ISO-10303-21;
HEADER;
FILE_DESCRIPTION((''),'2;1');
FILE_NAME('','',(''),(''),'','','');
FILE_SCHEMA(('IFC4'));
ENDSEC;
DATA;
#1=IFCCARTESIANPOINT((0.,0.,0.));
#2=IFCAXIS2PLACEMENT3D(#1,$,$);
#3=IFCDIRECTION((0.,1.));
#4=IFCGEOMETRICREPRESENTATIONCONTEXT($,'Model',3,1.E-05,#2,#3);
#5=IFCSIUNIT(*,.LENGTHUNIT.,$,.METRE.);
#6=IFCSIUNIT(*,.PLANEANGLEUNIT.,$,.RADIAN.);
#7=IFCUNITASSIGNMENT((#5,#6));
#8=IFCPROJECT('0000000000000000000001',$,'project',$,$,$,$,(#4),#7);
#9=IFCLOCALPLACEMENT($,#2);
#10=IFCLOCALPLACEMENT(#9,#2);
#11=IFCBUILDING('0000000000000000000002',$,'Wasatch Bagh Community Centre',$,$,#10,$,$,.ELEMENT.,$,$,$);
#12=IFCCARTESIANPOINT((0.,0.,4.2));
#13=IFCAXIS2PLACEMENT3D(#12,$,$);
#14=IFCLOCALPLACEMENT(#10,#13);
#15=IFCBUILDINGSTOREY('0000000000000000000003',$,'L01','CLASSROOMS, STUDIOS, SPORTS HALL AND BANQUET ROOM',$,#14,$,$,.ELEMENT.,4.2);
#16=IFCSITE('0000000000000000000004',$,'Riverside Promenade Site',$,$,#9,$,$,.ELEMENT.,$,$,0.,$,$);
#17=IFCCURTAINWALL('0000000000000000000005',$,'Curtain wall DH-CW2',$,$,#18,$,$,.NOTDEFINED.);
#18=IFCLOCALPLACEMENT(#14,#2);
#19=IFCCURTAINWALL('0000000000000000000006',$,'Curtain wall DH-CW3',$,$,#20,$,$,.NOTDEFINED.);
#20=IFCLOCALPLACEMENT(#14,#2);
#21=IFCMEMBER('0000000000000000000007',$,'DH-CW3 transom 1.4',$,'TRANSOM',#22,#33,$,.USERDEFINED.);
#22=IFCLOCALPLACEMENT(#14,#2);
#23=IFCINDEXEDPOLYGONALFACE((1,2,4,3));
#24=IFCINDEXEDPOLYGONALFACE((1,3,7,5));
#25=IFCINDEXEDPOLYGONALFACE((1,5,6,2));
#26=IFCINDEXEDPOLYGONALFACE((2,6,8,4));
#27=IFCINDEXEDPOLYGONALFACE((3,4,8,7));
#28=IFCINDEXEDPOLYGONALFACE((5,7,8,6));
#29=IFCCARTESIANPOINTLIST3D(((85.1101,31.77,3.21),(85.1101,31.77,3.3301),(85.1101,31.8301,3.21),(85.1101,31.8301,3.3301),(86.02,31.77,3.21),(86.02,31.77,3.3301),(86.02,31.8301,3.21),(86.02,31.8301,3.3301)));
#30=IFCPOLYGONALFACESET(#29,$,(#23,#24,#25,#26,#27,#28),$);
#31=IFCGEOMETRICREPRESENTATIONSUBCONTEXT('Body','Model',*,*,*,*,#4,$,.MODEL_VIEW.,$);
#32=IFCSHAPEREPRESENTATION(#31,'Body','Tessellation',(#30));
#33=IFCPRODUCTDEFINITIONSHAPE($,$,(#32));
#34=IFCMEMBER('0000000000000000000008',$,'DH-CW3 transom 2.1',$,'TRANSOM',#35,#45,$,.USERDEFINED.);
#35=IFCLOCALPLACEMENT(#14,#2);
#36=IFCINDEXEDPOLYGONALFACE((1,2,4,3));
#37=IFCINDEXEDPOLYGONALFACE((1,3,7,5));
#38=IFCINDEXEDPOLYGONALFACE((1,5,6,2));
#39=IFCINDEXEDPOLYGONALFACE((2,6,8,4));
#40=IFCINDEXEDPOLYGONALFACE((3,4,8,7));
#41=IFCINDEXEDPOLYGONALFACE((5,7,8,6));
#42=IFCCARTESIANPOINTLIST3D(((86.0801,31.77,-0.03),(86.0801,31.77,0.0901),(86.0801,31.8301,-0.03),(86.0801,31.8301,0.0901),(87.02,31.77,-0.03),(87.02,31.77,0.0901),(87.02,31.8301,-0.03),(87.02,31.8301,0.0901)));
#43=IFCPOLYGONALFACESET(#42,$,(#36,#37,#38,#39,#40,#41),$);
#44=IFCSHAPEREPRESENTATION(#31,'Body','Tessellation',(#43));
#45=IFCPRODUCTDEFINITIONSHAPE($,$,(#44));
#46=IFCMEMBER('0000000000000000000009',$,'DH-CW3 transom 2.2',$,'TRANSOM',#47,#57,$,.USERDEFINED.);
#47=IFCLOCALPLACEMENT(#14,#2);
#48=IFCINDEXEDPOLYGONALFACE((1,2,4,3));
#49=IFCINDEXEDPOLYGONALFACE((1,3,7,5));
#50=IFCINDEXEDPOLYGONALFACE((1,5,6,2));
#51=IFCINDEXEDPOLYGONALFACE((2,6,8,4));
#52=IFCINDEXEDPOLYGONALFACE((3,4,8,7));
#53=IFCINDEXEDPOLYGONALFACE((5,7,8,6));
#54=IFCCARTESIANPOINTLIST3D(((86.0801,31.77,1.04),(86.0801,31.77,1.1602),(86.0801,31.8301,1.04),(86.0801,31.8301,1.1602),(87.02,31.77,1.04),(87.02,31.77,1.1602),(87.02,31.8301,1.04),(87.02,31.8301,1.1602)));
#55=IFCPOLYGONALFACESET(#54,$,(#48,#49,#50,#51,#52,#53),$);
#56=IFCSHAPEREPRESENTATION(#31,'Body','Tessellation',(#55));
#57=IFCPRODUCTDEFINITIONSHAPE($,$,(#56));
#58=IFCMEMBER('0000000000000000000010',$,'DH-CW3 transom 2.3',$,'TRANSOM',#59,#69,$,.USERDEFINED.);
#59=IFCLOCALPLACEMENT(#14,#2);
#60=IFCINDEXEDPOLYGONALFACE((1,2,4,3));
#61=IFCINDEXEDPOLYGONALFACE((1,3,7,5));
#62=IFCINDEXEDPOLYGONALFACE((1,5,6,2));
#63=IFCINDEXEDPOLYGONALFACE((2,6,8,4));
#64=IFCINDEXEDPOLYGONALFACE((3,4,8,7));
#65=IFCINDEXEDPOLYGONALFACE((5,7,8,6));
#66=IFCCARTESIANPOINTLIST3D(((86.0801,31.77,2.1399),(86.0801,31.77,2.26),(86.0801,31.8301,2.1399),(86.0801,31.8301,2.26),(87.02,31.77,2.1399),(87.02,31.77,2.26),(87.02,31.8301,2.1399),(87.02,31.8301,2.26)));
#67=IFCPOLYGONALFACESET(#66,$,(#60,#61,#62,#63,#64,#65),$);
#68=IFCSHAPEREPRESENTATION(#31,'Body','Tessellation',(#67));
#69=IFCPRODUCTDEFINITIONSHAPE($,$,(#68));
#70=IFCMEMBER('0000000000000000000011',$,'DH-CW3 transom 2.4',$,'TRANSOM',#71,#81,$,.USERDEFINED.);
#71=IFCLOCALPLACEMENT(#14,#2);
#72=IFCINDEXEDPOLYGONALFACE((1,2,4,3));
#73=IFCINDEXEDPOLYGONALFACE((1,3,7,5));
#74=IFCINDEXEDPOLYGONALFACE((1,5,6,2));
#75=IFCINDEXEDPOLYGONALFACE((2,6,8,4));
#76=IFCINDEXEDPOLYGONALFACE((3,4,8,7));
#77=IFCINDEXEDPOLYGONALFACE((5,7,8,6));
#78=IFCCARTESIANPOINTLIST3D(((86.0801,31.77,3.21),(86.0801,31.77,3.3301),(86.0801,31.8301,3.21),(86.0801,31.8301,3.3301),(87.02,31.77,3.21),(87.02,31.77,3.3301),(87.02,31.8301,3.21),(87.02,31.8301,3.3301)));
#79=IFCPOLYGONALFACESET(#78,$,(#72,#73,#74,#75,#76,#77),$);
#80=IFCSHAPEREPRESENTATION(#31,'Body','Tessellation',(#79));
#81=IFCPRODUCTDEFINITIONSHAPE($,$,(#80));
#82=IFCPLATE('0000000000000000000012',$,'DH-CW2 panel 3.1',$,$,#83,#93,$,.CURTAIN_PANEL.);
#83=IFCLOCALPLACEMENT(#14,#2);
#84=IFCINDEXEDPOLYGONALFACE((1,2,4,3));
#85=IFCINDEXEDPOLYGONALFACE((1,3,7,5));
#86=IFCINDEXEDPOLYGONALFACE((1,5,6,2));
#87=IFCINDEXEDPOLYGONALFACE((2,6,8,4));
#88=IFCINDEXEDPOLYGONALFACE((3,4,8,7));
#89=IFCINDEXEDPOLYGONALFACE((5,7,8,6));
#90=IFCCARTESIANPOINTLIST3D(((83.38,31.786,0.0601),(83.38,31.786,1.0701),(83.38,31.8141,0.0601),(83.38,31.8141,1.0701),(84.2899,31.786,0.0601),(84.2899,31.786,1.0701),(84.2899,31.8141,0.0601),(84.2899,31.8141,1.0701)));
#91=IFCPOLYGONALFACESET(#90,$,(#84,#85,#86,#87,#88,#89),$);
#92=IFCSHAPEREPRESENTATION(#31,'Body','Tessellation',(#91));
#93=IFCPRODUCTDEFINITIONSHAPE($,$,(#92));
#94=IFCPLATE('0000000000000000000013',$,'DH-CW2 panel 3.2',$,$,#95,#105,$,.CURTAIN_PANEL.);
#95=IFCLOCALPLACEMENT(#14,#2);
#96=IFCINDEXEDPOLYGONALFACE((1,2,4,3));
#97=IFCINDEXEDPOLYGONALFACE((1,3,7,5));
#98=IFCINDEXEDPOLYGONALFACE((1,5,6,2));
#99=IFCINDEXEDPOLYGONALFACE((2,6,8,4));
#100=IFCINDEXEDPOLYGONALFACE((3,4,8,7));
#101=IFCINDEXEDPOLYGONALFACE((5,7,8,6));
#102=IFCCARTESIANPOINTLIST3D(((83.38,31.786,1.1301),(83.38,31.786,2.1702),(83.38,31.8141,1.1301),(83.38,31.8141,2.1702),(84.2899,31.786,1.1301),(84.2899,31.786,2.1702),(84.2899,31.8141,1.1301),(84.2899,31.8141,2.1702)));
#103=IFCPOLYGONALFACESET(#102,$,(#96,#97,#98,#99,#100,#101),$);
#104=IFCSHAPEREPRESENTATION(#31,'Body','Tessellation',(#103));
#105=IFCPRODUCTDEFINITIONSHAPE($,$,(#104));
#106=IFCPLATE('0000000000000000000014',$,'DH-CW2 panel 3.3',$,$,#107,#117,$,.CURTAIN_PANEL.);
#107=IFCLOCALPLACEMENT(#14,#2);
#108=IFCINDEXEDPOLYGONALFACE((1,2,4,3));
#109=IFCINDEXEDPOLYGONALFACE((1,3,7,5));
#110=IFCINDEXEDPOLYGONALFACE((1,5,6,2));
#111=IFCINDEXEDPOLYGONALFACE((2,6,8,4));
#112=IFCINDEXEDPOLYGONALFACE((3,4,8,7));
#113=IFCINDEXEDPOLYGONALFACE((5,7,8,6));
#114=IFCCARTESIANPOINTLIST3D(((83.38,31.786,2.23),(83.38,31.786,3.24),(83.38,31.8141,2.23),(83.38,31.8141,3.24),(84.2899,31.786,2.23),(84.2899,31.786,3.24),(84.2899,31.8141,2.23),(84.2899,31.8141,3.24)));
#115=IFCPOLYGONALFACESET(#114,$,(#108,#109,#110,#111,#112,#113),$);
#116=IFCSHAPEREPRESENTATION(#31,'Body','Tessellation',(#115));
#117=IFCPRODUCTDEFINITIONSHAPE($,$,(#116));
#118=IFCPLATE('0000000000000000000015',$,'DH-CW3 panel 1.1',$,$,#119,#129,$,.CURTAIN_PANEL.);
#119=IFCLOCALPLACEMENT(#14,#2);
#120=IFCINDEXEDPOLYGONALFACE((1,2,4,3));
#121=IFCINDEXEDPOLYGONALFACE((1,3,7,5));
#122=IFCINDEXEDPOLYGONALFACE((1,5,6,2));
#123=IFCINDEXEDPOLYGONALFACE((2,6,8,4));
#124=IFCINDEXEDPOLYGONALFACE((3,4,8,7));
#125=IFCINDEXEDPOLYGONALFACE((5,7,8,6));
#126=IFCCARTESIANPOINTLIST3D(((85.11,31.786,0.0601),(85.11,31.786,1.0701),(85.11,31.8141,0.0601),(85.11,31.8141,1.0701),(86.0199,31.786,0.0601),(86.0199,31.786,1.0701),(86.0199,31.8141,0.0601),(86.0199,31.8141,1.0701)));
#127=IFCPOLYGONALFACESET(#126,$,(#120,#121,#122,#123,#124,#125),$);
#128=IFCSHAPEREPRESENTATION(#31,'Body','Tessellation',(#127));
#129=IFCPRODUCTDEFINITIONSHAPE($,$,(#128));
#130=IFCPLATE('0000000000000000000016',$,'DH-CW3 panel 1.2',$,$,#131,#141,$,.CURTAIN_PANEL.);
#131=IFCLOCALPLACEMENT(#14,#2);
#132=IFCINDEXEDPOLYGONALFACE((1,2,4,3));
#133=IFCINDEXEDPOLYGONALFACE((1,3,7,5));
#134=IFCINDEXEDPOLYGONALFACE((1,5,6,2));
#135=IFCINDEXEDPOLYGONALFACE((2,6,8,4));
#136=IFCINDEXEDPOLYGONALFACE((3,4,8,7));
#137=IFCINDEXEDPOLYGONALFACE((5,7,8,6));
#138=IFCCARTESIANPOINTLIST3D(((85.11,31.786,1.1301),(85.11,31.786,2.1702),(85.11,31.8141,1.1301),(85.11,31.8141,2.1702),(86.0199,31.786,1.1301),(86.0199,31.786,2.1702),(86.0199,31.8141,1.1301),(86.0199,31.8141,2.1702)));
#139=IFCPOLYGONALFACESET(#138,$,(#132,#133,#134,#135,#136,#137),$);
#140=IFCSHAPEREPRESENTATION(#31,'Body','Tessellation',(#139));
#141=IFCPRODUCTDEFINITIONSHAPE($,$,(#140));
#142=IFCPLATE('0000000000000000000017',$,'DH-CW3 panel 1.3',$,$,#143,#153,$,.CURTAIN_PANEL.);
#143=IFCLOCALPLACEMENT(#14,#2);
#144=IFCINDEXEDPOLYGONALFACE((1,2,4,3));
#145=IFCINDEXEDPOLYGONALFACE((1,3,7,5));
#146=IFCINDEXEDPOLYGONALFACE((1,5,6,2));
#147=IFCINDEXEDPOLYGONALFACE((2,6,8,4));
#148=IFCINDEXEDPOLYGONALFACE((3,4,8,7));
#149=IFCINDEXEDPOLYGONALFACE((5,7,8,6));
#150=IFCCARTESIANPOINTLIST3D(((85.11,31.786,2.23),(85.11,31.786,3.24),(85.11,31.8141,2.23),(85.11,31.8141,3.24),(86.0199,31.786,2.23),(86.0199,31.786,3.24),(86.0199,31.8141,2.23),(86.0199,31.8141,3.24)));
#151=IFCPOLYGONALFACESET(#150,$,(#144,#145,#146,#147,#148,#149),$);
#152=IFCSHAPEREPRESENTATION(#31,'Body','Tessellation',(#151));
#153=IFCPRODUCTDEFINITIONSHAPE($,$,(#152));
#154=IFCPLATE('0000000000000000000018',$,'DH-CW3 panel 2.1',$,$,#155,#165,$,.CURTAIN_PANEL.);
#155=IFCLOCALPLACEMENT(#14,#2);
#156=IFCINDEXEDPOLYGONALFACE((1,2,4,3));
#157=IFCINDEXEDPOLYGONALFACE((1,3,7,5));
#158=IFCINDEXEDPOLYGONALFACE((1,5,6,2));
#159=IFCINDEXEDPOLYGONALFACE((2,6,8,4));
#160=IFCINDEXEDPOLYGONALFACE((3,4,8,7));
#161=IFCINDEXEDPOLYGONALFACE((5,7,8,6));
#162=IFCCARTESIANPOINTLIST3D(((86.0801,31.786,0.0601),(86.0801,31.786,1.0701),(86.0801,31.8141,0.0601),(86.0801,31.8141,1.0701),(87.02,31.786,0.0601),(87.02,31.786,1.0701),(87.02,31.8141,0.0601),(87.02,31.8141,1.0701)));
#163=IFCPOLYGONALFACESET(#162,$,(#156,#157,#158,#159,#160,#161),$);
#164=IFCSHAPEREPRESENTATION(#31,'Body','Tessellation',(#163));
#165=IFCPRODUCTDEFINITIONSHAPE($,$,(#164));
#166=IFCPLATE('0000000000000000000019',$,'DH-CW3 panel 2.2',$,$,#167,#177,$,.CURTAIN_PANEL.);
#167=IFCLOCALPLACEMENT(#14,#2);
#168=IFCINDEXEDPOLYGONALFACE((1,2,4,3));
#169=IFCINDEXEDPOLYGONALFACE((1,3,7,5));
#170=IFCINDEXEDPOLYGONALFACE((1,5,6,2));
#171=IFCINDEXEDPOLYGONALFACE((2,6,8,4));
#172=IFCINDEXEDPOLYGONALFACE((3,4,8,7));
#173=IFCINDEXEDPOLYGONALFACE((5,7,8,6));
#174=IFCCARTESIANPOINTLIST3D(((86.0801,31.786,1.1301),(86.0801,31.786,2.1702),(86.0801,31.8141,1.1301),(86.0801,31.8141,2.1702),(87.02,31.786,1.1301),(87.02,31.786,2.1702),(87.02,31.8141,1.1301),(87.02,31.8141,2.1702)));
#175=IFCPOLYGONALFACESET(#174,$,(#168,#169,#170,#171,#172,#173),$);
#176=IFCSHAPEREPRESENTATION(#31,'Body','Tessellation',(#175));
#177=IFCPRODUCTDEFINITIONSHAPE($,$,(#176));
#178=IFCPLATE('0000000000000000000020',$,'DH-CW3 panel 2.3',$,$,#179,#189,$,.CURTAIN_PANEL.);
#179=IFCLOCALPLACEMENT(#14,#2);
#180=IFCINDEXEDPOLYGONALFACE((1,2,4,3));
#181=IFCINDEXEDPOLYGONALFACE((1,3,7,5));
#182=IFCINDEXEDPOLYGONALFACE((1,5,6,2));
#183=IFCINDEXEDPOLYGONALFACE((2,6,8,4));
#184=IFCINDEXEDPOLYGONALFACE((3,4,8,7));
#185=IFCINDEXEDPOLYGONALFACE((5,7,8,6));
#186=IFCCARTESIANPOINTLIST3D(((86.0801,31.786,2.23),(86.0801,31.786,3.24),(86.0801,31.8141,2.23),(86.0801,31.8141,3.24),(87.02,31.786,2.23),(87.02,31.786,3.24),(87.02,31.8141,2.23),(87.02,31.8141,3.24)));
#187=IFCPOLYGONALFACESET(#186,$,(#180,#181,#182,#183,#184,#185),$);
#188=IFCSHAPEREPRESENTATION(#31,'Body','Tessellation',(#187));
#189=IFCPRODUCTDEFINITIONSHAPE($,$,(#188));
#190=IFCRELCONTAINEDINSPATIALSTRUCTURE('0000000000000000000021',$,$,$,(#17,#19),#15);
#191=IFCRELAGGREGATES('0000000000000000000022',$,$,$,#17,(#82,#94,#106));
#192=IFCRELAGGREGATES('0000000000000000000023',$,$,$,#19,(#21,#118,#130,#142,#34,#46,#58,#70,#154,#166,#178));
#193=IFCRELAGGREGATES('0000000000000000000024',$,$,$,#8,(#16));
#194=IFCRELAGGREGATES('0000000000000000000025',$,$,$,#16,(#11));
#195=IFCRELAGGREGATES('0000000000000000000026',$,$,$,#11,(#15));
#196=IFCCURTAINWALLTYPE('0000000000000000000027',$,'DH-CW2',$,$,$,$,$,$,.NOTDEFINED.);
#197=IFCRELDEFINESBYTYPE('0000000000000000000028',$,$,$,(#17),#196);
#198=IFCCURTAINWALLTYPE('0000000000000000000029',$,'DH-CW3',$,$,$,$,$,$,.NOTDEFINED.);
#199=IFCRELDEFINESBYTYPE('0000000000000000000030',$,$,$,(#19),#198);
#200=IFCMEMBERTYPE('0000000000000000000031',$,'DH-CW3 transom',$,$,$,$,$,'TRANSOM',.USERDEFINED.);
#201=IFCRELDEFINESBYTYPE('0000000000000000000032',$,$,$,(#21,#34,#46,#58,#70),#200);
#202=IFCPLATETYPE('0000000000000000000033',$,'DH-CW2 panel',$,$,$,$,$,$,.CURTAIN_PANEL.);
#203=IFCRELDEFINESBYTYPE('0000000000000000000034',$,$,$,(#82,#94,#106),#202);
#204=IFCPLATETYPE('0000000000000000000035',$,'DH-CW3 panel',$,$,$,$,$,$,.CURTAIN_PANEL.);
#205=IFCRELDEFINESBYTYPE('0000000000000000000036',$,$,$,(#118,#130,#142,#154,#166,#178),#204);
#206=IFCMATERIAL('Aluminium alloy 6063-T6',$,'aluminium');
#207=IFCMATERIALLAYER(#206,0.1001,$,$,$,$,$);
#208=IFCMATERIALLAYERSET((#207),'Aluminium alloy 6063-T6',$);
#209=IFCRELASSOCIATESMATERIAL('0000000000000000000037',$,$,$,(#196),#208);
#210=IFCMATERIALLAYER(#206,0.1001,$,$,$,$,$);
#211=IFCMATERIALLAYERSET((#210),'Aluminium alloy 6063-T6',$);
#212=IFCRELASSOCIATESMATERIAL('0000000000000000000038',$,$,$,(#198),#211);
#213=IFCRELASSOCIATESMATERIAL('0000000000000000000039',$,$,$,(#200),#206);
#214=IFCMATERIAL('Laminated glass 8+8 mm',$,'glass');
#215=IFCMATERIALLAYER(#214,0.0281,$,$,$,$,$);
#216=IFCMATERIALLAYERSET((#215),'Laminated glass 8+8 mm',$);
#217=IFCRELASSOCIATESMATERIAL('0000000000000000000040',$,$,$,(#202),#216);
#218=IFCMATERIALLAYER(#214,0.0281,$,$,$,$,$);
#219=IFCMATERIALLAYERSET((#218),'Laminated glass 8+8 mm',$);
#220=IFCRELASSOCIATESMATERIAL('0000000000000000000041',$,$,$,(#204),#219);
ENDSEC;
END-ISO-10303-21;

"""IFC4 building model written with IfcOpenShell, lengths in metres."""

from ifc_helpers import new_model, si_unit, direction, frame, origin, origin_2d, place, context, subcontext, project, spatial, rectangle, extrude, material, layer, layer_set, material_profile, profile_set, type_object, element, aggregate, save


model = new_model("IFC4")

# Units and contexts
model_context = context("Model", 3, precision=1e-05, world=origin(), true_north=direction((0.0, 1.0)))
body_context = subcontext(model_context, "Body", "Model", "MODEL_VIEW")
ifc_project = project(units=[si_unit("LENGTHUNIT", "METRE"), si_unit("PLANEANGLEUNIT", "RADIAN")], contexts=[model_context])

# Site, building, storey
site_placement = place(None, origin())
site = spatial("IfcSite", under=ifc_project, at=site_placement, Name="Riverside Promenade Site", CompositionType="ELEMENT", RefElevation=0.0)
building_placement = place(site_placement, origin())
building = spatial("IfcBuilding", under=site, at=building_placement, Name="Wasatch Bagh Community Centre", CompositionType="ELEMENT")
storey_placement = place(building_placement, frame((0.0, 0.0, 4.2)))
storey = spatial("IfcBuildingStorey", under=building, at=storey_placement, Name="L01", Description="CLASSROOMS, STUDIOS, SPORTS HALL AND BANQUET ROOM", CompositionType="ELEMENT", Elevation=4.2)

# Curtain wall
ifc_material_1 = material(Name="Aluminium alloy 6063-T6", Category="aluminium")
ifc_layer_1 = layer(ifc_material_1, 0.1001)
ifc_layer_set_1 = layer_set([ifc_layer_1], Name="Aluminium alloy 6063-T6")
curtain_wall_type_1 = type_object("IfcCurtainWallType", Name="DH-CW2", PredefinedType="NOTDEFINED", material=ifc_layer_set_1)
curtain_wall_1_placement = place(storey_placement, origin())
curtain_wall_1 = element("IfcCurtainWall", 1, at=curtain_wall_1_placement, inside=storey, type_object=curtain_wall_type_1, Name="Curtain wall DH-CW2", PredefinedType="NOTDEFINED")

# Curtain wall, members
ifc_layer_2 = layer(ifc_material_1, 0.1001)
ifc_layer_set_2 = layer_set([ifc_layer_2], Name="Aluminium alloy 6063-T6")
curtain_wall_type_2 = type_object("IfcCurtainWallType", Name="DH-CW3", PredefinedType="NOTDEFINED", material=ifc_layer_set_2)
curtain_wall_2_placement = place(storey_placement, origin())
curtain_wall_2 = element("IfcCurtainWall", 2, at=curtain_wall_2_placement, inside=storey, type_object=curtain_wall_type_2, Name="Curtain wall DH-CW3", PredefinedType="NOTDEFINED")
ifc_material_profile_1 = material_profile(ifc_material_1, rectangle(XDim=0.0601, YDim=0.1201, at=origin_2d()), Name="AL 60x120")
ifc_profile_set_1 = profile_set([ifc_material_profile_1], Name="Aluminium alloy 6063-T6")
member_type_1 = type_object("IfcMemberType", Name="DH-CW3 transom", ElementType="TRANSOM", PredefinedType="USERDEFINED", material=ifc_profile_set_1)
member_1_placement = place(storey_placement, frame((85.1101, 31.8, 3.27), z_axis=(1.0, 0.0, 0.0), x_axis=(0.0, 1.0, 0.0)))
member_1 = element("IfcMember", 3, at=member_1_placement, type_object=member_type_1, Name="DH-CW3 transom 1.4", ObjectType="TRANSOM", PredefinedType="USERDEFINED", context=body_context, shape_type="SweptSolid", body=[
    extrude(rectangle(XDim=0.0601, YDim=0.1201, at=origin_2d()), origin(), (0.0, 0.0, 1.0), 0.9099),
])
member_2_placement = place(storey_placement, frame((86.0801, 31.8, 0.03), z_axis=(1.0, 0.0, 0.0), x_axis=(0.0, 1.0, 0.0)))
member_2 = element("IfcMember", 4, at=member_2_placement, type_object=member_type_1, Name="DH-CW3 transom 2.1", ObjectType="TRANSOM", PredefinedType="USERDEFINED", context=body_context, shape_type="SweptSolid", body=[
    extrude(rectangle(XDim=0.0601, YDim=0.1201, at=origin_2d()), origin(), (0.0, 0.0, 1.0), 0.9399),
])
member_3_placement = place(storey_placement, frame((86.0801, 31.8, 1.1001), z_axis=(1.0, 0.0, 0.0), x_axis=(0.0, 1.0, 0.0)))
member_3 = element("IfcMember", 5, at=member_3_placement, type_object=member_type_1, Name="DH-CW3 transom 2.2", ObjectType="TRANSOM", PredefinedType="USERDEFINED", context=body_context, shape_type="SweptSolid", body=[
    extrude(rectangle(XDim=0.0601, YDim=0.1201, at=origin_2d()), origin(), (0.0, 0.0, 1.0), 0.9399),
])
member_4_placement = place(storey_placement, frame((86.0801, 31.8, 2.2), z_axis=(1.0, 0.0, 0.0), x_axis=(0.0, 1.0, 0.0)))
member_4 = element("IfcMember", 6, at=member_4_placement, type_object=member_type_1, Name="DH-CW3 transom 2.3", ObjectType="TRANSOM", PredefinedType="USERDEFINED", context=body_context, shape_type="SweptSolid", body=[
    extrude(rectangle(XDim=0.0601, YDim=0.1201, at=origin_2d()), origin(), (0.0, 0.0, 1.0), 0.9399),
])
member_5_placement = place(storey_placement, frame((86.0801, 31.8, 3.27), z_axis=(1.0, 0.0, 0.0), x_axis=(0.0, 1.0, 0.0)))
member_5 = element("IfcMember", 7, at=member_5_placement, type_object=member_type_1, Name="DH-CW3 transom 2.4", ObjectType="TRANSOM", PredefinedType="USERDEFINED", context=body_context, shape_type="SweptSolid", body=[
    extrude(rectangle(XDim=0.0601, YDim=0.1201, at=origin_2d()), origin(), (0.0, 0.0, 1.0), 0.9399),
])

# Plates
ifc_material_2 = material(Name="Laminated glass 8+8 mm", Category="glass")
ifc_layer_3 = layer(ifc_material_2, 0.0281)
ifc_layer_set_3 = layer_set([ifc_layer_3], Name="Laminated glass 8+8 mm")
plate_type_1 = type_object("IfcPlateType", Name="DH-CW2 panel", PredefinedType="CURTAIN_PANEL", material=ifc_layer_set_3)
plate_1_placement = place(storey_placement, frame((83.835, 31.8, 0.0601), z_axis=(0.0, 0.0, 1.0), x_axis=(1.0, 0.0, 0.0)))
plate_1 = element("IfcPlate", 8, at=plate_1_placement, type_object=plate_type_1, Name="DH-CW2 panel 3.1", PredefinedType="CURTAIN_PANEL", context=body_context, shape_type="SweptSolid", body=[
    extrude(rectangle(XDim=0.9099, YDim=0.0281, at=origin_2d()), origin(), (0.0, 0.0, 1.0), 1.01),
])
plate_2_placement = place(storey_placement, frame((83.835, 31.8, 1.1301), z_axis=(0.0, 0.0, 1.0), x_axis=(1.0, 0.0, 0.0)))
plate_2 = element("IfcPlate", 9, at=plate_2_placement, type_object=plate_type_1, Name="DH-CW2 panel 3.2", PredefinedType="CURTAIN_PANEL", context=body_context, shape_type="SweptSolid", body=[
    extrude(rectangle(XDim=0.9099, YDim=0.0281, at=origin_2d()), origin(), (0.0, 0.0, 1.0), 1.04),
])
plate_3_placement = place(storey_placement, frame((83.835, 31.8, 2.23), z_axis=(0.0, 0.0, 1.0), x_axis=(1.0, 0.0, 0.0)))
plate_3 = element("IfcPlate", 10, at=plate_3_placement, type_object=plate_type_1, Name="DH-CW2 panel 3.3", PredefinedType="CURTAIN_PANEL", context=body_context, shape_type="SweptSolid", body=[
    extrude(rectangle(XDim=0.9099, YDim=0.0281, at=origin_2d()), origin(), (0.0, 0.0, 1.0), 1.01),
])
aggregate(curtain_wall_1, [plate_1, plate_2, plate_3])
ifc_layer_4 = layer(ifc_material_2, 0.0281)
ifc_layer_set_4 = layer_set([ifc_layer_4], Name="Laminated glass 8+8 mm")
plate_type_2 = type_object("IfcPlateType", Name="DH-CW3 panel", PredefinedType="CURTAIN_PANEL", material=ifc_layer_set_4)
plate_4_placement = place(storey_placement, frame((85.5649, 31.8, 0.0601), z_axis=(0.0, 0.0, 1.0), x_axis=(1.0, 0.0, 0.0)))
plate_4 = element("IfcPlate", 11, at=plate_4_placement, type_object=plate_type_2, Name="DH-CW3 panel 1.1", PredefinedType="CURTAIN_PANEL", context=body_context, shape_type="SweptSolid", body=[
    extrude(rectangle(XDim=0.9099, YDim=0.0281, at=origin_2d()), origin(), (0.0, 0.0, 1.0), 1.01),
])
plate_5_placement = place(storey_placement, frame((85.5649, 31.8, 1.1301), z_axis=(0.0, 0.0, 1.0), x_axis=(1.0, 0.0, 0.0)))
plate_5 = element("IfcPlate", 12, at=plate_5_placement, type_object=plate_type_2, Name="DH-CW3 panel 1.2", PredefinedType="CURTAIN_PANEL", context=body_context, shape_type="SweptSolid", body=[
    extrude(rectangle(XDim=0.9099, YDim=0.0281, at=origin_2d()), origin(), (0.0, 0.0, 1.0), 1.04),
])
plate_6_placement = place(storey_placement, frame((85.5649, 31.8, 2.23), z_axis=(0.0, 0.0, 1.0), x_axis=(1.0, 0.0, 0.0)))
plate_6 = element("IfcPlate", 13, at=plate_6_placement, type_object=plate_type_2, Name="DH-CW3 panel 1.3", PredefinedType="CURTAIN_PANEL", context=body_context, shape_type="SweptSolid", body=[
    extrude(rectangle(XDim=0.9099, YDim=0.0281, at=origin_2d()), origin(), (0.0, 0.0, 1.0), 1.01),
])
plate_7_placement = place(storey_placement, frame((86.55, 31.8, 0.0601), z_axis=(0.0, 0.0, 1.0), x_axis=(1.0, 0.0, 0.0)))
plate_7 = element("IfcPlate", 14, at=plate_7_placement, type_object=plate_type_2, Name="DH-CW3 panel 2.1", PredefinedType="CURTAIN_PANEL", context=body_context, shape_type="SweptSolid", body=[
    extrude(rectangle(XDim=0.9399, YDim=0.0281, at=origin_2d()), origin(), (0.0, 0.0, 1.0), 1.01),
])
plate_8_placement = place(storey_placement, frame((86.55, 31.8, 1.1301), z_axis=(0.0, 0.0, 1.0), x_axis=(1.0, 0.0, 0.0)))
plate_8 = element("IfcPlate", 15, at=plate_8_placement, type_object=plate_type_2, Name="DH-CW3 panel 2.2", PredefinedType="CURTAIN_PANEL", context=body_context, shape_type="SweptSolid", body=[
    extrude(rectangle(XDim=0.9399, YDim=0.0281, at=origin_2d()), origin(), (0.0, 0.0, 1.0), 1.04),
])
plate_9_placement = place(storey_placement, frame((86.55, 31.8, 2.23), z_axis=(0.0, 0.0, 1.0), x_axis=(1.0, 0.0, 0.0)))
plate_9 = element("IfcPlate", 16, at=plate_9_placement, type_object=plate_type_2, Name="DH-CW3 panel 2.3", PredefinedType="CURTAIN_PANEL", context=body_context, shape_type="SweptSolid", body=[
    extrude(rectangle(XDim=0.9399, YDim=0.0281, at=origin_2d()), origin(), (0.0, 0.0, 1.0), 1.01),
])
aggregate(curtain_wall_2, [member_1, plate_4, plate_5, plate_6, member_2, member_3, member_4, member_5, plate_7, plate_8, plate_9])

save(model, "model.ifc")
